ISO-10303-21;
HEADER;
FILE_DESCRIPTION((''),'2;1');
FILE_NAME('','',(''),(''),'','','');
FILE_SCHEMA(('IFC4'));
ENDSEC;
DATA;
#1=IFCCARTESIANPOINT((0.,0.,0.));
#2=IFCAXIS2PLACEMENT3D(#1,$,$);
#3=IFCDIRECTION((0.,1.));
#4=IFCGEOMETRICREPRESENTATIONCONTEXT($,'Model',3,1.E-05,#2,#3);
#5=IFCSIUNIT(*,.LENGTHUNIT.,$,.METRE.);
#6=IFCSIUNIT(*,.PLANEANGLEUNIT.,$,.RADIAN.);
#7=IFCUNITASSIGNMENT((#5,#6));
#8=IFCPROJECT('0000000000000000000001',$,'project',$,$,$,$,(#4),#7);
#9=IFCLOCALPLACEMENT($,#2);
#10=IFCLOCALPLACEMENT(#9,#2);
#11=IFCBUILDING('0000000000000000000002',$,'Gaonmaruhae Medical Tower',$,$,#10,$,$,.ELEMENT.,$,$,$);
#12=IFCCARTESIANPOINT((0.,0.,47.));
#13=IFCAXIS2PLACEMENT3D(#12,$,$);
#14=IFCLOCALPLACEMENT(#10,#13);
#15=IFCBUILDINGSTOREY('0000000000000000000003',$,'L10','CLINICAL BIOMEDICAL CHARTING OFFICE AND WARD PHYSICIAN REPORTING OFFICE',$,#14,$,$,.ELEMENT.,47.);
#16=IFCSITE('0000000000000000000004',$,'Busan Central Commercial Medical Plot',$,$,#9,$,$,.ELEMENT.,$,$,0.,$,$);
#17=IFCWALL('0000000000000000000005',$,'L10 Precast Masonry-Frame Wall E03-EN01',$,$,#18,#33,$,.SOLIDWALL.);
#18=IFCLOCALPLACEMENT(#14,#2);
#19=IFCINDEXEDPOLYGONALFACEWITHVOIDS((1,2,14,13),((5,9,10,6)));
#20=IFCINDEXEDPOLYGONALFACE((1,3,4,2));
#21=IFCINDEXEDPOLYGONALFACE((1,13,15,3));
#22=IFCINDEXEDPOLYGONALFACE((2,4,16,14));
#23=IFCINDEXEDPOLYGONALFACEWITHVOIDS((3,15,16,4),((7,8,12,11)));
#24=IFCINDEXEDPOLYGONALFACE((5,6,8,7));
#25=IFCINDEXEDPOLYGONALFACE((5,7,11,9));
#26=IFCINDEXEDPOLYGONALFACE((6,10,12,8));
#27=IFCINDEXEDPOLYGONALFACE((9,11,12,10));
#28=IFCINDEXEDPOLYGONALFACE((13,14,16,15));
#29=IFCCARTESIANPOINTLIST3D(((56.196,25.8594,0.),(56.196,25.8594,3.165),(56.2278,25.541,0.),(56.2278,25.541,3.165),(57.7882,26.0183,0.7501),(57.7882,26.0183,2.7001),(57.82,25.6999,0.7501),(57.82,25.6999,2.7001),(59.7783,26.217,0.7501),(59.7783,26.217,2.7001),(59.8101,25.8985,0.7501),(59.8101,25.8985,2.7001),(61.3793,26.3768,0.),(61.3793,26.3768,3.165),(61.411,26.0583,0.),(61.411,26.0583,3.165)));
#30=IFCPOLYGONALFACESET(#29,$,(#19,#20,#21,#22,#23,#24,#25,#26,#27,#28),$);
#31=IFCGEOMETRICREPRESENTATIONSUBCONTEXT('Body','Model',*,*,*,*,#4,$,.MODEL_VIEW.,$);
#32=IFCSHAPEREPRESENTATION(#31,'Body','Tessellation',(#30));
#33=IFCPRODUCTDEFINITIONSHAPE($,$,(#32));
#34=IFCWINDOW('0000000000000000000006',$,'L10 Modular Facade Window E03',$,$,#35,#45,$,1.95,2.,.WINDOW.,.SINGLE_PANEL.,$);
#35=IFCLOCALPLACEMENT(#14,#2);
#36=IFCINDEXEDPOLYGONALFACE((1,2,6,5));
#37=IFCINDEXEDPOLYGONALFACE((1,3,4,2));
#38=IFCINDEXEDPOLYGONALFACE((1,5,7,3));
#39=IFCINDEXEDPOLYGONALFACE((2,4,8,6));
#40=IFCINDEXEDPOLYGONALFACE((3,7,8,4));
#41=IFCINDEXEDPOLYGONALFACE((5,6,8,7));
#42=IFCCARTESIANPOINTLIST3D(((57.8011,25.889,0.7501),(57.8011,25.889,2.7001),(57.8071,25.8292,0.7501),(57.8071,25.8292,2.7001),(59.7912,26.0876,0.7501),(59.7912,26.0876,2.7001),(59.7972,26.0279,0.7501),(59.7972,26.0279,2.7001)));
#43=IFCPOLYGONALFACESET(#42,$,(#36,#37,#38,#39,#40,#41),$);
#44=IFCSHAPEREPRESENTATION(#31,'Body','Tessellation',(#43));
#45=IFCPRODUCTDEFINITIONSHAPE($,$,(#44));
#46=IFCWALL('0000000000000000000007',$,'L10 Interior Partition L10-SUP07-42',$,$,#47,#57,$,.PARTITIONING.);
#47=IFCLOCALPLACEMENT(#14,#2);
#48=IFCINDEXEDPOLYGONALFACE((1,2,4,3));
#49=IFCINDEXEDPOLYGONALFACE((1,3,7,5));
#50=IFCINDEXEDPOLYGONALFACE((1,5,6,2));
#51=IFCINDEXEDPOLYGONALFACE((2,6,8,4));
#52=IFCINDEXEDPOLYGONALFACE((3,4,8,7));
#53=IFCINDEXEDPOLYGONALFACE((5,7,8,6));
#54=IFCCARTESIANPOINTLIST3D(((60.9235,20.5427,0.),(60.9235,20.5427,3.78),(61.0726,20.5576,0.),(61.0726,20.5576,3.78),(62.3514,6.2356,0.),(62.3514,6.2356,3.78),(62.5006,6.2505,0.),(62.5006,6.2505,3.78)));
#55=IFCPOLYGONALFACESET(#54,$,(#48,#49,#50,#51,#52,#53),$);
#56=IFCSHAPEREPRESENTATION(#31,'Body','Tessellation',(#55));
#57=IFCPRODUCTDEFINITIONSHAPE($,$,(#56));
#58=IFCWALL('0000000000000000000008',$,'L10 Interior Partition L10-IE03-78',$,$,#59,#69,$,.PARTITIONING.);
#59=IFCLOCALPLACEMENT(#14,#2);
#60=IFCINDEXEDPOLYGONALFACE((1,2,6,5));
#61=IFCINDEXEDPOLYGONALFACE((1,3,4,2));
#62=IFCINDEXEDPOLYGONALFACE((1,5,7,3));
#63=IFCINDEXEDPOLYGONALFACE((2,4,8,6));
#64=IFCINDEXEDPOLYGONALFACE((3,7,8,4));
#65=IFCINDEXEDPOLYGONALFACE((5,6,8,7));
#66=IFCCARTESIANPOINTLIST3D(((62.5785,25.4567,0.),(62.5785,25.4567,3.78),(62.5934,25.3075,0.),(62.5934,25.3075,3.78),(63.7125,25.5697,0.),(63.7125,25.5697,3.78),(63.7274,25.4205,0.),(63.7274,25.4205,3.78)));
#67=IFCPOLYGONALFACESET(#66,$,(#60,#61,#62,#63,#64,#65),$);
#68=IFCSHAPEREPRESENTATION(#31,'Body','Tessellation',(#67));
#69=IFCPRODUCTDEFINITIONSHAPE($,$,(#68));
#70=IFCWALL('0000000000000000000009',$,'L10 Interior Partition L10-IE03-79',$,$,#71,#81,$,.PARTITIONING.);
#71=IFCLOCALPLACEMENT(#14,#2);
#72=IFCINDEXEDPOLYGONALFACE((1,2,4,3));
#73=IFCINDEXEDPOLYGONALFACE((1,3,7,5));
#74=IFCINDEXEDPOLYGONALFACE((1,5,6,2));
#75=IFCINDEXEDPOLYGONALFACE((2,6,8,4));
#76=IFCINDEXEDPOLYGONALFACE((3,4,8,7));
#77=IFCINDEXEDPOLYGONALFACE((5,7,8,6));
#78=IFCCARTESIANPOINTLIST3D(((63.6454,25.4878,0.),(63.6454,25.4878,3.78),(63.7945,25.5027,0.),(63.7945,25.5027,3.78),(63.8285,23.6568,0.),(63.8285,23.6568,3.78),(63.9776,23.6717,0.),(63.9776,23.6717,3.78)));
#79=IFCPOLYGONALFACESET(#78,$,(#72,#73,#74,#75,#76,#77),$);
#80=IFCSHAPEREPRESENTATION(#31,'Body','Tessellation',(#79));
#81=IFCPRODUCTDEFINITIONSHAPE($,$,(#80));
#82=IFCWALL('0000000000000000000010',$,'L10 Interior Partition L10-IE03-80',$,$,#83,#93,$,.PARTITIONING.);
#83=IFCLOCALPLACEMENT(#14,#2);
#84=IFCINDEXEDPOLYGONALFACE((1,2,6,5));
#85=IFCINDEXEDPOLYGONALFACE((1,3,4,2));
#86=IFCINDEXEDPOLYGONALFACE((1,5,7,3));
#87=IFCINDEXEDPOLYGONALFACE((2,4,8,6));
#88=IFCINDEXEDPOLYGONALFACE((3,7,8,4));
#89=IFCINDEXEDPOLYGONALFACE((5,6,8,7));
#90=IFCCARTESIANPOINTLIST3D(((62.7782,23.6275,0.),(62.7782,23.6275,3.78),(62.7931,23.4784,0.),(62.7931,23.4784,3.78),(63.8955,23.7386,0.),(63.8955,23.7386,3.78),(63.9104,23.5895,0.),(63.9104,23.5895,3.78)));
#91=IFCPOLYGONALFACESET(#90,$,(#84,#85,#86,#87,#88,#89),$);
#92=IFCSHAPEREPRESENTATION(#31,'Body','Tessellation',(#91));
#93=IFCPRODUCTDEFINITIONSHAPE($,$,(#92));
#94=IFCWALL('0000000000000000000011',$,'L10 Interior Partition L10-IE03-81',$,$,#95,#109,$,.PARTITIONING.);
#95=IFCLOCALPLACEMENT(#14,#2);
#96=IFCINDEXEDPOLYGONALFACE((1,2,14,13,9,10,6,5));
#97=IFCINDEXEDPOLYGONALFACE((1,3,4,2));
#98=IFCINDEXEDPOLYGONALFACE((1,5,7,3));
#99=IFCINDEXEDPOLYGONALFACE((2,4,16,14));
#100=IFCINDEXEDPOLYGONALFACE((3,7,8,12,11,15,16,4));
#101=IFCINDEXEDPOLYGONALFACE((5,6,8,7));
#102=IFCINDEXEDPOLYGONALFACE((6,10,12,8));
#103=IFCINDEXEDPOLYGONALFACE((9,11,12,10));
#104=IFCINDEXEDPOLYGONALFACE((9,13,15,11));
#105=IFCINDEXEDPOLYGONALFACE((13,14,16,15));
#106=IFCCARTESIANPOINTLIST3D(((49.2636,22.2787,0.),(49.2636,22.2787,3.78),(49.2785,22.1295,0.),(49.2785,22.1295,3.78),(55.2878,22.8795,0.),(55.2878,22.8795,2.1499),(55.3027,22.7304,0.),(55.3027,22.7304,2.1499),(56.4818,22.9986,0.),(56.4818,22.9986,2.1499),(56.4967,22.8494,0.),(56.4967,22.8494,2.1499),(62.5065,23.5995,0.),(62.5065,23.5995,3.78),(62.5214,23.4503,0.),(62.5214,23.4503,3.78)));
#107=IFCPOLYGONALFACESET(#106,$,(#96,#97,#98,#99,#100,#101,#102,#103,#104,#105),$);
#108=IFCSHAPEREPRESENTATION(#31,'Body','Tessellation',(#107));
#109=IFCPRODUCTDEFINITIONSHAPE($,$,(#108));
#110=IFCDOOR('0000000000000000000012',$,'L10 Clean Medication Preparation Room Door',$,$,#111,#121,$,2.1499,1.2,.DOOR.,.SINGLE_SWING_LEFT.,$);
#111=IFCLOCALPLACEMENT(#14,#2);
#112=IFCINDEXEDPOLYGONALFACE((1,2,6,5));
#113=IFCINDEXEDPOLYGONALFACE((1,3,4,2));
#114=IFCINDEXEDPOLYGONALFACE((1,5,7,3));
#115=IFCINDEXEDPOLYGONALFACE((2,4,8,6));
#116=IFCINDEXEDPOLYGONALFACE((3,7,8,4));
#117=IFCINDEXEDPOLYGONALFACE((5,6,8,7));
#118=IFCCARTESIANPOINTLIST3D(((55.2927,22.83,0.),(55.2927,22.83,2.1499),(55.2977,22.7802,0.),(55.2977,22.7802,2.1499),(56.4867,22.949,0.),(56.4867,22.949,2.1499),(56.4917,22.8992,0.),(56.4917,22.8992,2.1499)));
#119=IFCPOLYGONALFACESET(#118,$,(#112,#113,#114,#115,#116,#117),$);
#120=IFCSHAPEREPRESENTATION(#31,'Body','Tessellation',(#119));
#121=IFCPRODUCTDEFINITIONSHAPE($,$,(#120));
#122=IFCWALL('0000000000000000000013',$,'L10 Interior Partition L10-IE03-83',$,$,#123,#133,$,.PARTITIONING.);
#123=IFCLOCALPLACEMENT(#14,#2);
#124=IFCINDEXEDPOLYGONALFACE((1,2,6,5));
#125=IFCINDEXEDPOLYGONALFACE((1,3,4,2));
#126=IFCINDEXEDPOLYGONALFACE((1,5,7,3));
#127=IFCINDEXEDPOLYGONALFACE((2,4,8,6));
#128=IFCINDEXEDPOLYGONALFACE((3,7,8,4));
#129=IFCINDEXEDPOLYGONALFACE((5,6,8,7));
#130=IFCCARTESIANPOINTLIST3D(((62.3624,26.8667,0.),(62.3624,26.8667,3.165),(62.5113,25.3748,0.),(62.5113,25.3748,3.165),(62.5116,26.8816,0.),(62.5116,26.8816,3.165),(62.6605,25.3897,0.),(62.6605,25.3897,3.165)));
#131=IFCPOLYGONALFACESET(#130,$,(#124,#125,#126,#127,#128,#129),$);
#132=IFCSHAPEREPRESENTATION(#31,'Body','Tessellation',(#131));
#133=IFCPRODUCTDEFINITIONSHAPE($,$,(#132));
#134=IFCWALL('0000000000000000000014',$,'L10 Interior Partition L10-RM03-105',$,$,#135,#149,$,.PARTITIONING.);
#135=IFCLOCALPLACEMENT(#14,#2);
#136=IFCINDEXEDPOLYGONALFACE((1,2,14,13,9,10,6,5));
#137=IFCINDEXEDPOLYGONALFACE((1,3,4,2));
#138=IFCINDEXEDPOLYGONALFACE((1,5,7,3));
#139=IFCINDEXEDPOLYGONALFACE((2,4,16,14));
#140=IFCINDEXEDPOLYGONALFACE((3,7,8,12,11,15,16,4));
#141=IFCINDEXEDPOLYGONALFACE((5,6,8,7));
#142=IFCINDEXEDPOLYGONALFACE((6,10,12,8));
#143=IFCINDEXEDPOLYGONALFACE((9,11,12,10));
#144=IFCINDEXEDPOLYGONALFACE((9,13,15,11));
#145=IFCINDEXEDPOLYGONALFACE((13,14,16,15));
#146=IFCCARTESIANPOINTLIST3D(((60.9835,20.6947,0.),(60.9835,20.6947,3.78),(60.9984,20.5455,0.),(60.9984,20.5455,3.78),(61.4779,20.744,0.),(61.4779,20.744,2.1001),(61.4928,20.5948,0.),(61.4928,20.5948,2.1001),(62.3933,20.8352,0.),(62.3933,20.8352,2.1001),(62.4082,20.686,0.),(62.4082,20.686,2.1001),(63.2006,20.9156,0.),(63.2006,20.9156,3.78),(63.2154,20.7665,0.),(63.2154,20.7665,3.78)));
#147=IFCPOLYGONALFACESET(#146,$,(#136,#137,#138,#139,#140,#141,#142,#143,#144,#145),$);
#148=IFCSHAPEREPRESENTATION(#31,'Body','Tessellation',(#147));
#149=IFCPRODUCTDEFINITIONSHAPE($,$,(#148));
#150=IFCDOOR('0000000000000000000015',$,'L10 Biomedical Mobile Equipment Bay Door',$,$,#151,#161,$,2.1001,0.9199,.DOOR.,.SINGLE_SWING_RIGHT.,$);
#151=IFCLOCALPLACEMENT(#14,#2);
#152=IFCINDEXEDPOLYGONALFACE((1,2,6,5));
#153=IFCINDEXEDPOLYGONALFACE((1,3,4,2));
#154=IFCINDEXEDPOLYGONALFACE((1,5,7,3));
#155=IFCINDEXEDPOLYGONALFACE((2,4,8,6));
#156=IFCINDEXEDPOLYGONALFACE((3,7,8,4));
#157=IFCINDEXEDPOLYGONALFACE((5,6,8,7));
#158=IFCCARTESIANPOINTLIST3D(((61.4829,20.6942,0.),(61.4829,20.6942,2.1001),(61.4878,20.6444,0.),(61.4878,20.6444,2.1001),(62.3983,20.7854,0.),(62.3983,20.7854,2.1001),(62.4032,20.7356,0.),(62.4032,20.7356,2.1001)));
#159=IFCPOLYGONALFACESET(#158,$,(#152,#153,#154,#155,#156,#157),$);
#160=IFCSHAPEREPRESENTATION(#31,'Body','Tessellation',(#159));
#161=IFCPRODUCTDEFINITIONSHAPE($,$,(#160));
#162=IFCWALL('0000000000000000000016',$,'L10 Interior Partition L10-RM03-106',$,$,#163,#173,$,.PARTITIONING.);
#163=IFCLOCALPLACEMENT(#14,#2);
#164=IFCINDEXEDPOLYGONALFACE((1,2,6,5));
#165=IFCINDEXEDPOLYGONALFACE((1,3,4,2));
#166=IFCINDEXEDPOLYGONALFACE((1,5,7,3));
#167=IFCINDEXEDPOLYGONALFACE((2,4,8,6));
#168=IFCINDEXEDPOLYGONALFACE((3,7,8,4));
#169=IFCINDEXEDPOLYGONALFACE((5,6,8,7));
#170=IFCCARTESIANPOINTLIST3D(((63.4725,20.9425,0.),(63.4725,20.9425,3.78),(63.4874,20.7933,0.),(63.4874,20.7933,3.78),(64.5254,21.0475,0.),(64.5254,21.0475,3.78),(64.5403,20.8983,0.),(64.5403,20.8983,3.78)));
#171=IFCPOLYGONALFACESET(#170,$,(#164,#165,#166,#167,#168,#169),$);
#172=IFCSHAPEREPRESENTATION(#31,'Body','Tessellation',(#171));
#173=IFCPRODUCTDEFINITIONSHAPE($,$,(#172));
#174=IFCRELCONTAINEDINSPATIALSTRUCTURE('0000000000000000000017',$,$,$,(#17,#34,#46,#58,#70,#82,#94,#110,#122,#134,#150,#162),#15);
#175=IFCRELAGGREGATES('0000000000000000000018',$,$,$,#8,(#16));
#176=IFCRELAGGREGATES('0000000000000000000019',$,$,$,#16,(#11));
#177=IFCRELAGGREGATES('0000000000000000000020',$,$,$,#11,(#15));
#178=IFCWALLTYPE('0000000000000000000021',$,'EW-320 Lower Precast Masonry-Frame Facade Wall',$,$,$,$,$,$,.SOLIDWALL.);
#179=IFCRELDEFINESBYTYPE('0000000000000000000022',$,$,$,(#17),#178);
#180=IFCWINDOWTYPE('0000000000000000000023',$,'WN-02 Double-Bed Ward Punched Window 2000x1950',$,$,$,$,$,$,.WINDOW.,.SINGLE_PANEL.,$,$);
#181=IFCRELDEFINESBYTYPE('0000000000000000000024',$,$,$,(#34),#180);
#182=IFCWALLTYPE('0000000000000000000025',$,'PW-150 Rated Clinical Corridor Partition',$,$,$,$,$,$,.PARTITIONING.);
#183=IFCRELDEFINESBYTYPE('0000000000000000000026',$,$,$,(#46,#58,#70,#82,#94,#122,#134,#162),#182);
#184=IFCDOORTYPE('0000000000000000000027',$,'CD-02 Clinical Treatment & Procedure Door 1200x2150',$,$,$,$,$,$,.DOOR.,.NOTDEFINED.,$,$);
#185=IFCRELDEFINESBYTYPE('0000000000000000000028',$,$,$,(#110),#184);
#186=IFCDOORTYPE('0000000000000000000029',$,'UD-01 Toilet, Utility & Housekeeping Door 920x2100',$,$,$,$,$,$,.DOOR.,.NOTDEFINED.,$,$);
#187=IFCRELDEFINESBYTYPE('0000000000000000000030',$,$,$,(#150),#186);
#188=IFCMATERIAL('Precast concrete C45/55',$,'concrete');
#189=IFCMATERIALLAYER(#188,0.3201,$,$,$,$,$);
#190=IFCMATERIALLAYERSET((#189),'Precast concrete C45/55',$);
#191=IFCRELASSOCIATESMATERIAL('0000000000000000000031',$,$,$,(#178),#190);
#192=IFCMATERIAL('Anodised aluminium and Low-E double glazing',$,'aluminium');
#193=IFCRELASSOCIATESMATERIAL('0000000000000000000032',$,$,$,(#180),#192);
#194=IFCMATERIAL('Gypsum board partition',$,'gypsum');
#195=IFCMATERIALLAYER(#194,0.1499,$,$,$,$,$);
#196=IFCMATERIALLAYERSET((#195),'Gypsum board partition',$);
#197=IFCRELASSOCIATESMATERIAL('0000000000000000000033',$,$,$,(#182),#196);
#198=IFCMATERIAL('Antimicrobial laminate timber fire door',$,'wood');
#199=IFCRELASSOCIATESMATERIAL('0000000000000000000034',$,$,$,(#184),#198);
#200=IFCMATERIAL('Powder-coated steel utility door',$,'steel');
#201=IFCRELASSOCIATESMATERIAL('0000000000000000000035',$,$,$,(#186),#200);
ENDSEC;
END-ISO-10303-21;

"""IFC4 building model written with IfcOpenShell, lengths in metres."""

from ifc_helpers import new_model, si_unit, direction, frame, frame_2d, origin, place, context, subcontext, project, spatial, rectangle, extrude, material, layer, layer_set, type_object, element, fill, save


model = new_model("IFC4")

# Units and contexts
model_context = context("Model", 3, precision=1e-05, world=origin(), true_north=direction((0.0, 1.0)))
body_context = subcontext(model_context, "Body", "Model", "MODEL_VIEW")
ifc_project = project(units=[si_unit("LENGTHUNIT", "METRE"), si_unit("PLANEANGLEUNIT", "RADIAN")], contexts=[model_context])

# Site, building, storey
site_placement = place(None, origin())
site = spatial("IfcSite", under=ifc_project, at=site_placement, Name="Busan Central Commercial Medical Plot", CompositionType="ELEMENT", RefElevation=0.0)
building_placement = place(site_placement, origin())
building = spatial("IfcBuilding", under=site, at=building_placement, Name="Gaonmaruhae Medical Tower", CompositionType="ELEMENT")
storey_placement = place(building_placement, frame((0.0, 0.0, 47.0)))
storey = spatial("IfcBuildingStorey", under=building, at=storey_placement, Name="L10", Description="CLINICAL BIOMEDICAL CHARTING OFFICE AND WARD PHYSICIAN REPORTING OFFICE", CompositionType="ELEMENT", Elevation=47.0)

# Shared definitions
ifc_material_1 = material(Name="Precast concrete C45/55", Category="concrete")
ifc_layer_1 = layer(ifc_material_1, 0.3201)
ifc_layer_set_1 = layer_set([ifc_layer_1], Name="Precast concrete C45/55")
wall_type_1 = type_object("IfcWallType", Name="EW-320 Lower Precast Masonry-Frame Facade Wall", PredefinedType="SOLIDWALL", material=ifc_layer_set_1)

# Wall, opening, window
wall_1_placement = place(storey_placement, frame((56.2119, 25.7002, 0.0), z_axis=(0.0, 0.0, 1.0), x_axis=(0.995056, 0.099313, 0.0)))
wall_1 = element("IfcWall", 1, at=wall_1_placement, inside=storey, type_object=wall_type_1, Name="L10 Precast Masonry-Frame Wall E03-EN01", PredefinedType="SOLIDWALL", context=body_context, shape_type="SweptSolid", body=[
    extrude(rectangle(XDim=5.209, YDim=0.3201, at=frame_2d((2.6045, 0.0))), origin(), (0.0, 0.0, 1.0), 3.165),
])
opening_1_placement = place(wall_1_placement, frame((1.6001, 0.0, 0.75)))
opening_1 = element("IfcOpeningElement", 2, at=opening_1_placement, cuts=wall_1, PredefinedType="OPENING", context=body_context, shape_type="SweptSolid", body=[
    extrude(rectangle(XDim=2.0, YDim=1.95, at=frame_2d((1.0, 0.9751))), frame((0.0, 0.1699, 0.0), z_axis=(0.0, -1.0, 0.0), x_axis=(1.0, 0.0, 0.0)), (0.0, 0.0, 1.0), 0.3401),
])
ifc_material_2 = material(Name="Anodised aluminium and Low-E double glazing", Category="aluminium")
window_type = type_object("IfcWindowType", Name="WN-02 Double-Bed Ward Punched Window 2000x1950", PartitioningType="SINGLE_PANEL", PredefinedType="WINDOW", material=ifc_material_2)
window_placement = place(opening_1_placement, origin())
window = element("IfcWindow", 3, at=window_placement, inside=storey, type_object=window_type, Name="L10 Modular Facade Window E03", OverallHeight=1.95, OverallWidth=2.0, PartitioningType="SINGLE_PANEL", PredefinedType="WINDOW", context=body_context, shape_type="SweptSolid", body=[
    extrude(rectangle(XDim=2.0, YDim=1.95, at=frame_2d((1.0, 0.9751))), frame((0.0, 0.03, 0.0), z_axis=(0.0, -1.0, 0.0), x_axis=(1.0, 0.0, 0.0)), (0.0, 0.0, 1.0), 0.0601),
])
fill(opening_1, window)

# Walls
ifc_material_3 = material(Name="Gypsum board partition", Category="gypsum")
ifc_layer_2 = layer(ifc_material_3, 0.1499)
ifc_layer_set_2 = layer_set([ifc_layer_2], Name="Gypsum board partition")
wall_type_2 = type_object("IfcWallType", Name="PW-150 Rated Clinical Corridor Partition", PredefinedType="PARTITIONING", material=ifc_layer_set_2)
wall_2_placement = place(storey_placement, frame((60.998, 20.55, 0.0), z_axis=(0.0, 0.0, 1.0), x_axis=(0.099315, -0.995056, 0.0)))
element("IfcWall", 4, at=wall_2_placement, inside=storey, type_object=wall_type_2, Name="L10 Interior Partition L10-SUP07-42", PredefinedType="PARTITIONING", context=body_context, shape_type="SweptSolid", body=[
    extrude(rectangle(XDim=14.3782, YDim=0.1499, at=frame_2d((7.189, 0.0))), origin(), (0.0, 0.0, 1.0), 3.78),
])
wall_3_placement = place(storey_placement, frame((62.5859, 25.3821, 0.0), z_axis=(0.0, 0.0, 1.0), x_axis=(0.995069, 0.099186, 0.0)))
element("IfcWall", 5, at=wall_3_placement, inside=storey, type_object=wall_type_2, Name="L10 Interior Partition L10-IE03-78", PredefinedType="PARTITIONING", context=body_context, shape_type="SweptSolid", body=[
    extrude(rectangle(XDim=1.1396, YDim=0.1499, at=frame_2d((0.5698, 0.0))), origin(), (0.0, 0.0, 1.0), 3.78),
])
wall_4_placement = place(storey_placement, frame((63.72, 25.4951, 0.0), z_axis=(0.0, 0.0, 1.0), x_axis=(0.099504, -0.995037, 0.0)))
element("IfcWall", 6, at=wall_4_placement, inside=storey, type_object=wall_type_2, Name="L10 Interior Partition L10-IE03-79", PredefinedType="PARTITIONING", context=body_context, shape_type="SweptSolid", body=[
    extrude(rectangle(XDim=1.8401, YDim=0.1499, at=frame_2d((0.9199, 0.0))), origin(), (0.0, 0.0, 1.0), 3.78),
])
wall_5_placement = place(storey_placement, frame((63.9031, 23.6641, 0.0), z_axis=(0.0, 0.0, 1.0), x_axis=(-0.995093, -0.098944, 0.0)))
element("IfcWall", 7, at=wall_5_placement, inside=storey, type_object=wall_type_2, Name="L10 Interior Partition L10-IE03-80", PredefinedType="PARTITIONING", context=body_context, shape_type="SweptSolid", body=[
    extrude(rectangle(XDim=1.1228, YDim=0.1499, at=frame_2d((0.5615, 0.0))), origin(), (0.0, 0.0, 1.0), 3.78),
])

# Wall, opening, door
wall_6_placement = place(storey_placement, frame((62.5139, 23.5249, 0.0), z_axis=(0.0, 0.0, 1.0), x_axis=(-0.995063, -0.099244, 0.0)))
wall_6 = element("IfcWall", 8, at=wall_6_placement, inside=storey, type_object=wall_type_2, Name="L10 Interior Partition L10-IE03-81", PredefinedType="PARTITIONING", context=body_context, shape_type="SweptSolid", body=[
    extrude(rectangle(XDim=13.3086, YDim=0.1499, at=frame_2d((6.6543, 0.0))), origin(), (0.0, 0.0, 1.0), 3.78),
])
opening_2_placement = place(wall_6_placement, frame((6.0544, 0.0, 0.0)))
opening_2 = element("IfcOpeningElement", 9, at=opening_2_placement, cuts=wall_6, PredefinedType="OPENING", context=body_context, shape_type="SweptSolid", body=[
    extrude(rectangle(XDim=1.2, YDim=2.1499, at=frame_2d((0.6001, 1.075))), frame((0.0, 0.085, 0.0), z_axis=(0.0, -1.0, 0.0), x_axis=(1.0, 0.0, 0.0)), (0.0, 0.0, 1.0), 0.1699),
])
ifc_material_4 = material(Name="Antimicrobial laminate timber fire door", Category="wood")
door_type_1 = type_object("IfcDoorType", Name="CD-02 Clinical Treatment & Procedure Door 1200x2150", OperationType="NOTDEFINED", PredefinedType="DOOR", material=ifc_material_4)
door_1_placement = place(opening_2_placement, origin())
door_1 = element("IfcDoor", 10, at=door_1_placement, inside=storey, type_object=door_type_1, Name="L10 Clean Medication Preparation Room Door", OperationType="SINGLE_SWING_LEFT", OverallHeight=2.1499, OverallWidth=1.2, PredefinedType="DOOR", context=body_context, shape_type="SweptSolid", body=[
    extrude(rectangle(XDim=1.2, YDim=2.1499, at=frame_2d((0.6001, 1.075))), frame((0.0, 0.0249, 0.0), z_axis=(0.0, -1.0, 0.0), x_axis=(1.0, 0.0, 0.0)), (0.0, 0.0, 1.0), 0.05),
])
fill(opening_2, door_1)

# Wall
wall_7_placement = place(storey_placement, frame((62.437, 26.874, 0.0), z_axis=(0.0, 0.0, 1.0), x_axis=(0.099326, -0.995055, 0.0)))
element("IfcWall", 11, at=wall_7_placement, inside=storey, type_object=wall_type_2, Name="L10 Interior Partition L10-IE03-83", PredefinedType="PARTITIONING", context=body_context, shape_type="SweptSolid", body=[
    extrude(rectangle(XDim=1.4993, YDim=0.1499, at=frame_2d((0.7495, 0.0))), origin(), (0.0, 0.0, 1.0), 3.165),
])

# Wall, opening, door
wall_8_placement = place(storey_placement, frame((60.991, 20.6201, 0.0), z_axis=(0.0, 0.0, 1.0), x_axis=(0.995071, 0.099167, 0.0)))
wall_8 = element("IfcWall", 12, at=wall_8_placement, inside=storey, type_object=wall_type_2, Name="L10 Interior Partition L10-RM03-105", PredefinedType="PARTITIONING", context=body_context, shape_type="SweptSolid", body=[
    extrude(rectangle(XDim=2.228, YDim=0.1499, at=frame_2d((1.114, 0.0))), origin(), (0.0, 0.0, 1.0), 3.78),
])
opening_3_placement = place(wall_8_placement, frame((0.4968, 0.0, 0.0)))
opening_3 = element("IfcOpeningElement", 13, at=opening_3_placement, cuts=wall_8, PredefinedType="OPENING", context=body_context, shape_type="SweptSolid", body=[
    extrude(rectangle(XDim=0.9199, YDim=2.1001, at=frame_2d((0.46, 1.05))), frame((0.0, 0.085, 0.0), z_axis=(0.0, -1.0, 0.0), x_axis=(1.0, 0.0, 0.0)), (0.0, 0.0, 1.0), 0.1699),
])
ifc_material_5 = material(Name="Powder-coated steel utility door", Category="steel")
door_type_2 = type_object("IfcDoorType", Name="UD-01 Toilet, Utility & Housekeeping Door 920x2100", OperationType="NOTDEFINED", PredefinedType="DOOR", material=ifc_material_5)
door_2_placement = place(opening_3_placement, origin())
door_2 = element("IfcDoor", 14, at=door_2_placement, inside=storey, type_object=door_type_2, Name="L10 Biomedical Mobile Equipment Bay Door", OperationType="SINGLE_SWING_RIGHT", OverallHeight=2.1001, OverallWidth=0.9199, PredefinedType="DOOR", context=body_context, shape_type="SweptSolid", body=[
    extrude(rectangle(XDim=0.9199, YDim=2.1001, at=frame_2d((0.46, 1.05))), frame((0.0, 0.0249, 0.0), z_axis=(0.0, -1.0, 0.0), x_axis=(1.0, 0.0, 0.0)), (0.0, 0.0, 1.0), 0.05),
])
fill(opening_3, door_2)

# Wall
wall_9_placement = place(storey_placement, frame((63.48, 20.8679, 0.0), z_axis=(0.0, 0.0, 1.0), x_axis=(0.995067, 0.099207, 0.0)))
element("IfcWall", 15, at=wall_9_placement, inside=storey, type_object=wall_type_2, Name="L10 Interior Partition L10-RM03-106", PredefinedType="PARTITIONING", context=body_context, shape_type="SweptSolid", body=[
    extrude(rectangle(XDim=1.0581, YDim=0.1499, at=frame_2d((0.5291, 0.0))), origin(), (0.0, 0.0, 1.0), 3.78),
])

save(model, "model.ifc")
